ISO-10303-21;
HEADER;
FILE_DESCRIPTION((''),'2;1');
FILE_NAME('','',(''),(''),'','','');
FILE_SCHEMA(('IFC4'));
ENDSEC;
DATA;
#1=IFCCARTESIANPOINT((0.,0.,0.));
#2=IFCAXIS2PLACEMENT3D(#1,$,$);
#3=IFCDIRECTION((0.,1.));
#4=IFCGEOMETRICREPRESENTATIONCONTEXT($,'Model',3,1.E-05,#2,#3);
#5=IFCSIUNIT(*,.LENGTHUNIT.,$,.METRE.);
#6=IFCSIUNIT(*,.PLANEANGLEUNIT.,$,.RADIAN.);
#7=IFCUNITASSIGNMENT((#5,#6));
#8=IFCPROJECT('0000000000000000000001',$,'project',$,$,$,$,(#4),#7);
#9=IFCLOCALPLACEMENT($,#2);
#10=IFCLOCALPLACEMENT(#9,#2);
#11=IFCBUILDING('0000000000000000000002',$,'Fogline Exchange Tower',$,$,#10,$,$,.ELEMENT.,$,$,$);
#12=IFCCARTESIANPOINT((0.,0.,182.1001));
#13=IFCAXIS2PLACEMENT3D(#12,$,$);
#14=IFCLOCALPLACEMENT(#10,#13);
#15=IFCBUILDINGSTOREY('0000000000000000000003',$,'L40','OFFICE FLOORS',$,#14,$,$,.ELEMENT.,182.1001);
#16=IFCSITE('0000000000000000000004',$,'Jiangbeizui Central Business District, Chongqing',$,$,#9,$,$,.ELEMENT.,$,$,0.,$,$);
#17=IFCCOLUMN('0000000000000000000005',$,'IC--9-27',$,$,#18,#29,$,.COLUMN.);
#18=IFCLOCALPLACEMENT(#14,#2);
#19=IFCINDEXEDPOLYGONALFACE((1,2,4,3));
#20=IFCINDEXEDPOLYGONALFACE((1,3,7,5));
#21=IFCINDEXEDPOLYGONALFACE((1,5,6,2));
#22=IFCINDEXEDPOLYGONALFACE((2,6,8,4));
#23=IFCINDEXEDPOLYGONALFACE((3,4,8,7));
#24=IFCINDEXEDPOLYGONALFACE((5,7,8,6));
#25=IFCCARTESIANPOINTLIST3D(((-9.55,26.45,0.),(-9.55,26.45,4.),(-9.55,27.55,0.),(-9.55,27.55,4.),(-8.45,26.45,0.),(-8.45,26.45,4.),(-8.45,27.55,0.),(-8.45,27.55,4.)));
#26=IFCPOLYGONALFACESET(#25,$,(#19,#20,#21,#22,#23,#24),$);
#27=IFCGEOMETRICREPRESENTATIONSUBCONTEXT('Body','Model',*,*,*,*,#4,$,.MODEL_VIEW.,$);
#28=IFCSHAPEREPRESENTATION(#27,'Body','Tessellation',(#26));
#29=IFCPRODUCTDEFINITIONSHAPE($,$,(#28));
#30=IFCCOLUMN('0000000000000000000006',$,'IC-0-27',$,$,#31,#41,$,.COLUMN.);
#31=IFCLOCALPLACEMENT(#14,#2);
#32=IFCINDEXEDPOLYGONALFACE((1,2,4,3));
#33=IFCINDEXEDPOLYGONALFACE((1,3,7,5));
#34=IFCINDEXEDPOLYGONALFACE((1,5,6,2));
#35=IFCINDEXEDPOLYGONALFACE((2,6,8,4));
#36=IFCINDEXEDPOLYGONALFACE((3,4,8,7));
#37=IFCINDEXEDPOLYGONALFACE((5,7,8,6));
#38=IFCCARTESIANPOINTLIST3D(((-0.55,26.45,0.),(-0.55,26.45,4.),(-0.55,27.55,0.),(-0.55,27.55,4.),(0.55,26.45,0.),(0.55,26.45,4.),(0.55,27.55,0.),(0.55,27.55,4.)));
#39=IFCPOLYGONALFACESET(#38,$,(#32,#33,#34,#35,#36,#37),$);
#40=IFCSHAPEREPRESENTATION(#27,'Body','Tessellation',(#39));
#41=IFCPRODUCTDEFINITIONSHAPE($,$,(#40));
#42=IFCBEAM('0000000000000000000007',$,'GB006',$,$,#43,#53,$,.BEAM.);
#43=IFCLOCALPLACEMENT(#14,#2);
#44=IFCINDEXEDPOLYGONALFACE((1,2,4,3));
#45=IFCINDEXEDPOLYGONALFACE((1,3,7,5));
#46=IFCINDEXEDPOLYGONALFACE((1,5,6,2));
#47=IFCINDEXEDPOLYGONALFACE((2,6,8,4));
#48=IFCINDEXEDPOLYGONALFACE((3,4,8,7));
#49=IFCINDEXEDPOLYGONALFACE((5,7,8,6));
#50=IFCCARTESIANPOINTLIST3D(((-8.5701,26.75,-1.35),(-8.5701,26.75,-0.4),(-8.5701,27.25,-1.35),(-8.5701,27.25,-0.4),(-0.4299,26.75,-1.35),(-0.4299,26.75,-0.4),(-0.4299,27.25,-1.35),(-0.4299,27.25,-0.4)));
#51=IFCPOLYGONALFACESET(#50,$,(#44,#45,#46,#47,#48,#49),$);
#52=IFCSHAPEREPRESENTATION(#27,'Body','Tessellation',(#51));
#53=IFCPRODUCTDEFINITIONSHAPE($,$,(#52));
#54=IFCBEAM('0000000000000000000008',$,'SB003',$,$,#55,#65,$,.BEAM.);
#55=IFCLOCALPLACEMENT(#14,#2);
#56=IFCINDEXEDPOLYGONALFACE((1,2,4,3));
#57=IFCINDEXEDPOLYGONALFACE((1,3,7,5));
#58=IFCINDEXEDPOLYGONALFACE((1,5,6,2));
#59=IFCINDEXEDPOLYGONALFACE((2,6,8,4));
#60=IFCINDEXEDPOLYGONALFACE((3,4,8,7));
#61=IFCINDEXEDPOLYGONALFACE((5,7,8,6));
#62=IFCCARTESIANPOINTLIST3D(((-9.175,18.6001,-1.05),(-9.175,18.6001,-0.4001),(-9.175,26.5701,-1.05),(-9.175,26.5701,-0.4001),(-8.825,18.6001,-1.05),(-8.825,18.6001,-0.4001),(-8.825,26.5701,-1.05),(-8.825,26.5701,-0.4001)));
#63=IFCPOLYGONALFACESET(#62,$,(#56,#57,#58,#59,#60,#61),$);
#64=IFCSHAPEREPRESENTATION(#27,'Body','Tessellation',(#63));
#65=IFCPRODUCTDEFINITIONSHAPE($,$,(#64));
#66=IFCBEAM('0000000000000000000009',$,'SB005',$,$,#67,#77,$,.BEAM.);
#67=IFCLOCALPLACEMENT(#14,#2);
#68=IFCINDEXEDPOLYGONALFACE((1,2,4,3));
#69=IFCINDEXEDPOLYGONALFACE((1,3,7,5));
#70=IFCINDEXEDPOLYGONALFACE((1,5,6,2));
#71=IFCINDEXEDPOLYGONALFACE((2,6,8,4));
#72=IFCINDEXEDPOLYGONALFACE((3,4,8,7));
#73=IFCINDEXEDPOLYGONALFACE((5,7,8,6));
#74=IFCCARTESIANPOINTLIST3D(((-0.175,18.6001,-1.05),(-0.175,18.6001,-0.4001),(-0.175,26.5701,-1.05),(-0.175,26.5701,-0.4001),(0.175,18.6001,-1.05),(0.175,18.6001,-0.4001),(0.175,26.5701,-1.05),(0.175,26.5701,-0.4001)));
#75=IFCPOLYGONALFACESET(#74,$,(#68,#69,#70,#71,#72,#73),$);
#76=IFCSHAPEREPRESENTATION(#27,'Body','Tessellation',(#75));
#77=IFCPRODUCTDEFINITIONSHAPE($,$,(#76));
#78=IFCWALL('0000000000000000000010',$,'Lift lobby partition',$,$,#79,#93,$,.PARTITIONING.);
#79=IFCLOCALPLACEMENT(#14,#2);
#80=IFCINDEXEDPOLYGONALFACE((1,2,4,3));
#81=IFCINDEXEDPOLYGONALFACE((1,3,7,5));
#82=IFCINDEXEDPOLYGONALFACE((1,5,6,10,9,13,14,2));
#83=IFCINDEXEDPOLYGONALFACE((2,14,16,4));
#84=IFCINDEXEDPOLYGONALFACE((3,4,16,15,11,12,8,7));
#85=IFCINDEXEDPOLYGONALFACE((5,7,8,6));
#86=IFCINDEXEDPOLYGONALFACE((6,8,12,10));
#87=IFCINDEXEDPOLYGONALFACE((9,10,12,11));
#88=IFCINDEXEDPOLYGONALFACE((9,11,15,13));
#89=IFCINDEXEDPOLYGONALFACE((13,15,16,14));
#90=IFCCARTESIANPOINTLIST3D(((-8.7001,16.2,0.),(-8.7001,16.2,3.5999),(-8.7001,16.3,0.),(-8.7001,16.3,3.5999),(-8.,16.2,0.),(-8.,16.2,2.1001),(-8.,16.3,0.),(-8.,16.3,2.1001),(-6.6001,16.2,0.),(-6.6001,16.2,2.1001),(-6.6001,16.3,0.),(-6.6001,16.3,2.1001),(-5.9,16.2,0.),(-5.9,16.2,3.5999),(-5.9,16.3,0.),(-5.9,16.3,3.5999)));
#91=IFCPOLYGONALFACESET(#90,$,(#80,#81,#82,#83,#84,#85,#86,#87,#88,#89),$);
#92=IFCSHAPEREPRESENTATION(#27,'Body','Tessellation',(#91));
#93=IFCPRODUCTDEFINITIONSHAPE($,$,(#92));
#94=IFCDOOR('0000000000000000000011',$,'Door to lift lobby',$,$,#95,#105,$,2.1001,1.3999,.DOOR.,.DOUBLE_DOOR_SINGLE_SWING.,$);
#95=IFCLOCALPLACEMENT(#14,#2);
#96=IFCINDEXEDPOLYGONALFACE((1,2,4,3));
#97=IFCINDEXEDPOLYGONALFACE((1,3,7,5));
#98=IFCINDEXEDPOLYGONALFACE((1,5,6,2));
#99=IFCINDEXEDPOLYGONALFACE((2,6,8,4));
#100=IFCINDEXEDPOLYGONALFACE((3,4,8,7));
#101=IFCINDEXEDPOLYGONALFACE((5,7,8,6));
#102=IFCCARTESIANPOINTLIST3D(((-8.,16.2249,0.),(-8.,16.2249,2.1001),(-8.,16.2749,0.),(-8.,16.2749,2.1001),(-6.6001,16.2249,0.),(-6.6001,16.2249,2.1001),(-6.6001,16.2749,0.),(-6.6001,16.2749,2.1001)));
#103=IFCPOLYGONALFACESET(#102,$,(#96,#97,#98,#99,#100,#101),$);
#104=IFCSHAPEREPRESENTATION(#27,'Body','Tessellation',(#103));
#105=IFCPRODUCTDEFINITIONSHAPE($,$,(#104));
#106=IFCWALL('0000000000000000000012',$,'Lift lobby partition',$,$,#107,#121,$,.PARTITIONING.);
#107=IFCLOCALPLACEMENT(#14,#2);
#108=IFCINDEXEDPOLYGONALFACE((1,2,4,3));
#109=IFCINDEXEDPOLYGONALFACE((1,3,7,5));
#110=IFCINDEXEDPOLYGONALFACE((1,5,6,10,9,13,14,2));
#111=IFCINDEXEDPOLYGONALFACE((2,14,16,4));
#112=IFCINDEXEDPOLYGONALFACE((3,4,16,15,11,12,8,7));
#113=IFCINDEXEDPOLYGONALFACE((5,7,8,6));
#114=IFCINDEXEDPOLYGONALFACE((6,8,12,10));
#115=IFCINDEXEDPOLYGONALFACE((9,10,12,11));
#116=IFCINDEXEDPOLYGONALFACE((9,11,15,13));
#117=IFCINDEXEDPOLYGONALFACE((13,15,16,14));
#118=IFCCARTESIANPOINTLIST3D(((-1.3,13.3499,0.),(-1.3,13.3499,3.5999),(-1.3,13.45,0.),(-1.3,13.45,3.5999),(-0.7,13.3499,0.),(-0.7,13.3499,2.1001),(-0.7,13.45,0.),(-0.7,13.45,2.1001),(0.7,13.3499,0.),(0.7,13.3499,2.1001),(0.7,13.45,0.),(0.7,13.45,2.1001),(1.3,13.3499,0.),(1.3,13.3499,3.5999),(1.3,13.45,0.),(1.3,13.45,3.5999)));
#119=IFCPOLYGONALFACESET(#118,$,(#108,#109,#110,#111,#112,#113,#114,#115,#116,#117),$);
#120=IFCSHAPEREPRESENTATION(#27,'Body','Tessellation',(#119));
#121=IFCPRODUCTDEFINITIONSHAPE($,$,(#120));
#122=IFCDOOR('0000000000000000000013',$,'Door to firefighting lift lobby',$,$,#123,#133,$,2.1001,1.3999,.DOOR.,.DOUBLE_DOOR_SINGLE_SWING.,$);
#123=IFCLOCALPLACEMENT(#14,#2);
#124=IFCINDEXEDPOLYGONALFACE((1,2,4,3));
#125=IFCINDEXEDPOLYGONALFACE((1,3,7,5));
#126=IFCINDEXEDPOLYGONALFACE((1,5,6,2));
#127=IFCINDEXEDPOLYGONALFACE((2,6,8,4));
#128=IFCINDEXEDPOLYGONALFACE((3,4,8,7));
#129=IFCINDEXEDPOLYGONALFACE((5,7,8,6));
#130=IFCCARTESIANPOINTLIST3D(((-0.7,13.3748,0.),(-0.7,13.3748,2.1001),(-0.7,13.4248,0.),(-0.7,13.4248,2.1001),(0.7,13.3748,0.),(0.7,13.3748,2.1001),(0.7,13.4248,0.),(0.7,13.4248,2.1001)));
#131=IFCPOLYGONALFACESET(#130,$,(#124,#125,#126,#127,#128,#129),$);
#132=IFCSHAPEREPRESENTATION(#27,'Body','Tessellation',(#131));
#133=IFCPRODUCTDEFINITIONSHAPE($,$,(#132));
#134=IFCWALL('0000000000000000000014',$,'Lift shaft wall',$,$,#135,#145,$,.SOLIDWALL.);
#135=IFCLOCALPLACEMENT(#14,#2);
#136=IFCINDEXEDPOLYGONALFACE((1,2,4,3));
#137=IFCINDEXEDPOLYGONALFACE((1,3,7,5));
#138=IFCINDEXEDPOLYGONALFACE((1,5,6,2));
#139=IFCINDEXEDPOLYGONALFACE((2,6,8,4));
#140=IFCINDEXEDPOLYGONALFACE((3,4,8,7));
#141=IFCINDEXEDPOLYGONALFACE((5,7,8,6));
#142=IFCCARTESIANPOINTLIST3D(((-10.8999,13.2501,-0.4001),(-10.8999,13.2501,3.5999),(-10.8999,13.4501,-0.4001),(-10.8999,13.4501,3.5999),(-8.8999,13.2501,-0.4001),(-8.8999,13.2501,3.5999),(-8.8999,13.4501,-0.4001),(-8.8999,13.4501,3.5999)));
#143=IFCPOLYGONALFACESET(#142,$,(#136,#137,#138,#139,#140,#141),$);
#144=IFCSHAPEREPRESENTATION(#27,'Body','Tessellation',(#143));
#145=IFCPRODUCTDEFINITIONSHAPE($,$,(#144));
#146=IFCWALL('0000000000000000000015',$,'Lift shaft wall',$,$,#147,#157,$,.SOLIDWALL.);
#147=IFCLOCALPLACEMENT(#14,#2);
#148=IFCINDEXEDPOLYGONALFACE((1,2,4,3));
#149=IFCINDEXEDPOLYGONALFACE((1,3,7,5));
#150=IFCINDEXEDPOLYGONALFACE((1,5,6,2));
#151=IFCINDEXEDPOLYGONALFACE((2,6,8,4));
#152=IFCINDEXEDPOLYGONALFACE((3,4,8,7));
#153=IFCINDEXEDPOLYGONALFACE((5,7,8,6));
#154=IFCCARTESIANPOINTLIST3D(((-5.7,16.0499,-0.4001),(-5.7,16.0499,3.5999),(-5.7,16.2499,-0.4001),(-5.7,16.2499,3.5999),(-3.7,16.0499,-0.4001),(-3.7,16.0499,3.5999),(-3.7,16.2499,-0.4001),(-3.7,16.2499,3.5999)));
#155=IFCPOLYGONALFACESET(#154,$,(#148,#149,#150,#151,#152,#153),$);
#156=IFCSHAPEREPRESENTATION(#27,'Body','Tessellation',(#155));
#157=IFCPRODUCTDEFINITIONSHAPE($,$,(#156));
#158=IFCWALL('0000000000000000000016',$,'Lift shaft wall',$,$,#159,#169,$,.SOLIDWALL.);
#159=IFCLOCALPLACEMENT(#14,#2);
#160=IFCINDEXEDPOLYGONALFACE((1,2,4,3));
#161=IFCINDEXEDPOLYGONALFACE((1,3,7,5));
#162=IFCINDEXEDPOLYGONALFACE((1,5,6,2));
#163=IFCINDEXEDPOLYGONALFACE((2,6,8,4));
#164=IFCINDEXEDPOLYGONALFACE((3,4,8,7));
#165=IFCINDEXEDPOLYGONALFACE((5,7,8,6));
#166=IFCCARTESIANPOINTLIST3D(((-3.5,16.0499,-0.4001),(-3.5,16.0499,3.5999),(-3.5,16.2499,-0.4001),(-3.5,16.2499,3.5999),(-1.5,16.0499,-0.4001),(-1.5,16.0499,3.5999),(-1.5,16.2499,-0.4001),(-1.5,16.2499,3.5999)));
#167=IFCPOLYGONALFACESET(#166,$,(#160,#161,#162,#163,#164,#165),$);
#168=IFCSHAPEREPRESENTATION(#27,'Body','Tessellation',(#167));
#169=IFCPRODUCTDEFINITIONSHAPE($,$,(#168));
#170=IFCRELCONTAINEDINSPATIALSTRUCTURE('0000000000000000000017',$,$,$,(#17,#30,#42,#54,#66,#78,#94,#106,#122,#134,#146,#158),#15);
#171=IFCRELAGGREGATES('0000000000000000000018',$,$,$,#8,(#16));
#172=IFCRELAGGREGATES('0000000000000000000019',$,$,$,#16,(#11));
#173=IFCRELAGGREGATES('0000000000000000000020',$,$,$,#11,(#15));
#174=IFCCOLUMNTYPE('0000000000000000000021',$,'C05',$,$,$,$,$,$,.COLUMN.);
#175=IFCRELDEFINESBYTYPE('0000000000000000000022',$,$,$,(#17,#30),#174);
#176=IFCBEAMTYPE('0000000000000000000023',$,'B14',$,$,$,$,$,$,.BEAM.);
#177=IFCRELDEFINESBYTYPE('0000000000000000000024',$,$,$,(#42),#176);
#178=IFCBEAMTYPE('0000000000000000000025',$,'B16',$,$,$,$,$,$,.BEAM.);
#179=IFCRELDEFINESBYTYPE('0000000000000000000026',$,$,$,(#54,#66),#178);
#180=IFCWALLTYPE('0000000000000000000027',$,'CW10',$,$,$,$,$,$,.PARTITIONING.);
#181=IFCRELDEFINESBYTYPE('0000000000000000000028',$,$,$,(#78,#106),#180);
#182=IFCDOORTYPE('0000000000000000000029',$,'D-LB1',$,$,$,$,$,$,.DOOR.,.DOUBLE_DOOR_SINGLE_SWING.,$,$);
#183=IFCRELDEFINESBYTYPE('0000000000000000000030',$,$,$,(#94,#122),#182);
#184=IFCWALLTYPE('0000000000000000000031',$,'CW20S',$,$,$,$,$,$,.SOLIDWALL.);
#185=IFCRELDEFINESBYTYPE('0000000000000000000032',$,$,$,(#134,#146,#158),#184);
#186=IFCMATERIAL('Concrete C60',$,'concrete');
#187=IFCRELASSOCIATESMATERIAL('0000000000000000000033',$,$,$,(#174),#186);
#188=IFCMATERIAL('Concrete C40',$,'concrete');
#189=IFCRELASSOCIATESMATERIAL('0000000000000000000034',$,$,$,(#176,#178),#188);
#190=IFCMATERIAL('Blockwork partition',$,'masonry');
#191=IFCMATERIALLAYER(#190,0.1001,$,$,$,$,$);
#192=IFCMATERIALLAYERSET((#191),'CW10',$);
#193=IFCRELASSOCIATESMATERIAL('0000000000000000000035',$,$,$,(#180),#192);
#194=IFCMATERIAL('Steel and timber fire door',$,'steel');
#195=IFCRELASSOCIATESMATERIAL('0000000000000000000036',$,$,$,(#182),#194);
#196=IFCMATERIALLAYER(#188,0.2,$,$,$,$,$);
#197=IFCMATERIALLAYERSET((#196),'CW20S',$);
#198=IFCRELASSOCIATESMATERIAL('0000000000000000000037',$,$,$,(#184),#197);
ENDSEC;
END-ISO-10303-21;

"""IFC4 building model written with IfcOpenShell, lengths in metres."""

from ifc_helpers import new_model, si_unit, direction, frame, frame_2d, origin, origin_2d, place, context, subcontext, project, spatial, rectangle, extrude, material, layer, layer_set, material_profile, profile_set, type_object, element, fill, save


model = new_model("IFC4")

# Units and contexts
model_context = context("Model", 3, precision=1e-05, world=origin(), true_north=direction((0.0, 1.0)))
body_context = subcontext(model_context, "Body", "Model", "MODEL_VIEW")
ifc_project = project(units=[si_unit("LENGTHUNIT", "METRE"), si_unit("PLANEANGLEUNIT", "RADIAN")], contexts=[model_context])

# Site, building, storey
site_placement = place(None, origin())
site = spatial("IfcSite", under=ifc_project, at=site_placement, Name="Jiangbeizui Central Business District, Chongqing", CompositionType="ELEMENT", RefElevation=0.0)
building_placement = place(site_placement, origin())
building = spatial("IfcBuilding", under=site, at=building_placement, Name="Fogline Exchange Tower", CompositionType="ELEMENT")
storey_placement = place(building_placement, frame((0.0, 0.0, 182.1001)))
storey = spatial("IfcBuildingStorey", under=building, at=storey_placement, Name="L40", Description="OFFICE FLOORS", CompositionType="ELEMENT", Elevation=182.1001)

# Columns
ifc_material_1 = material(Name="Concrete C60", Category="concrete")
ifc_material_profile_1 = material_profile(ifc_material_1, rectangle(XDim=1.1001, YDim=1.1001, at=origin_2d()), Name="RC 1100x1100")
ifc_profile_set_1 = profile_set([ifc_material_profile_1], Name="Concrete C60")
column_type = type_object("IfcColumnType", Name="C05", PredefinedType="COLUMN", material=ifc_profile_set_1)
for number, where, z_axis, x_axis, name in (
    (1, (-9.0, 27.0, 0.0), (0.0, 0.0, 1.0), (1.0, 0.0, 0.0), "IC--9-27"),
    (2, (0.0, 27.0, 0.0), (0.0, 0.0, 1.0), (1.0, 0.0, 0.0), "IC-0-27"),
):
    element("IfcColumn", number, at=place(storey_placement, frame(where, z_axis=z_axis, x_axis=x_axis)), inside=storey, type_object=column_type, Name=name, PredefinedType="COLUMN", context=body_context, shape_type="SweptSolid", body=[
        extrude(rectangle(XDim=1.1001, YDim=1.1001, at=origin_2d()), origin(), (0.0, 0.0, 1.0), 4.0),
    ])

# Beams
ifc_material_2 = material(Name="Concrete C40", Category="concrete")
ifc_material_profile_2 = material_profile(ifc_material_2, rectangle(XDim=0.5, YDim=0.95, at=origin_2d()), Name="RC 500x950")
ifc_profile_set_2 = profile_set([ifc_material_profile_2], Name="Concrete C40")
beam_type_1 = type_object("IfcBeamType", Name="B14", PredefinedType="BEAM", material=ifc_profile_set_2)
beam_placement = place(storey_placement, frame((-8.5701, 27.0, -0.875), z_axis=(1.0, 0.0, 0.0), x_axis=(0.0, 1.0, 0.0)))
element("IfcBeam", 3, at=beam_placement, inside=storey, type_object=beam_type_1, Name="GB006", PredefinedType="BEAM", context=body_context, shape_type="SweptSolid", body=[
    extrude(rectangle(XDim=0.5, YDim=0.95, at=origin_2d()), origin(), (0.0, 0.0, 1.0), 8.1401),
])
ifc_material_profile_3 = material_profile(ifc_material_2, rectangle(XDim=0.3501, YDim=0.6499, at=origin_2d()), Name="RC 350x650")
ifc_profile_set_3 = profile_set([ifc_material_profile_3], Name="Concrete C40")
beam_type_2 = type_object("IfcBeamType", Name="B16", PredefinedType="BEAM", material=ifc_profile_set_3)
for number, where, z_axis, x_axis, name in (
    (4, (-9.0, 18.6001, -0.7251), (0.0, 1.0, 0.0), (-1.0, 0.0, 0.0), "SB003"),
    (5, (0.0, 18.6001, -0.7251), (0.0, 1.0, 0.0), (-1.0, 0.0, 0.0), "SB005"),
):
    element("IfcBeam", number, at=place(storey_placement, frame(where, z_axis=z_axis, x_axis=x_axis)), inside=storey, type_object=beam_type_2, Name=name, PredefinedType="BEAM", context=body_context, shape_type="SweptSolid", body=[
        extrude(rectangle(XDim=0.3501, YDim=0.6499, at=origin_2d()), origin(), (0.0, 0.0, 1.0), 7.97),
    ])

# Walls, openings, doors
ifc_material_3 = material(Name="Blockwork partition", Category="masonry")
ifc_layer_1 = layer(ifc_material_3, 0.1001)
ifc_layer_set_1 = layer_set([ifc_layer_1], Name="CW10")
wall_type_1 = type_object("IfcWallType", Name="CW10", PredefinedType="PARTITIONING", material=ifc_layer_set_1)
wall_1_placement = place(storey_placement, frame((-8.7, 16.25, 0.0), z_axis=(0.0, 0.0, 1.0), x_axis=(1.0, 0.0, 0.0)))
wall_1 = element("IfcWall", 6, at=wall_1_placement, inside=storey, type_object=wall_type_1, Name="Lift lobby partition", PredefinedType="PARTITIONING", context=body_context, shape_type="SweptSolid", body=[
    extrude(rectangle(XDim=2.8, YDim=0.1001, at=frame_2d((1.3999, 0.0))), origin(), (0.0, 0.0, 1.0), 3.5999),
])
opening_1_placement = place(wall_1_placement, frame((0.7, 0.0, 0.0)))
opening_1 = element("IfcOpeningElement", 7, at=opening_1_placement, cuts=wall_1, PredefinedType="OPENING", context=body_context, shape_type="SweptSolid", body=[
    extrude(rectangle(XDim=1.3999, YDim=2.1001, at=frame_2d((0.7, 1.05))), frame((0.0, 0.0601, 0.0), z_axis=(0.0, -1.0, 0.0), x_axis=(1.0, 0.0, 0.0)), (0.0, 0.0, 1.0), 0.1201),
])
ifc_material_4 = material(Name="Steel and timber fire door", Category="steel")
door_type_1 = type_object("IfcDoorType", Name="D-LB1", OperationType="DOUBLE_DOOR_SINGLE_SWING", PredefinedType="DOOR", material=ifc_material_4)
door_1_placement = place(opening_1_placement, origin())
door_1 = element("IfcDoor", 8, at=door_1_placement, inside=storey, type_object=door_type_1, Name="Door to lift lobby", OperationType="DOUBLE_DOOR_SINGLE_SWING", OverallHeight=2.1001, OverallWidth=1.3999, PredefinedType="DOOR", context=body_context, shape_type="SweptSolid", body=[
    extrude(rectangle(XDim=1.3999, YDim=2.1001, at=frame_2d((0.7, 1.05))), frame((0.0, 0.0249, 0.0), z_axis=(0.0, -1.0, 0.0), x_axis=(1.0, 0.0, 0.0)), (0.0, 0.0, 1.0), 0.05),
])
fill(opening_1, door_1)
wall_2_placement = place(storey_placement, frame((-1.3, 13.3999, 0.0), z_axis=(0.0, 0.0, 1.0), x_axis=(1.0, 0.0, 0.0)))
wall_2 = element("IfcWall", 9, at=wall_2_placement, inside=storey, type_object=wall_type_1, Name="Lift lobby partition", PredefinedType="PARTITIONING", context=body_context, shape_type="SweptSolid", body=[
    extrude(rectangle(XDim=2.6001, YDim=0.1001, at=frame_2d((1.3, 0.0))), origin(), (0.0, 0.0, 1.0), 3.5999),
])
opening_2_placement = place(wall_2_placement, frame((0.6001, 0.0, 0.0)))
opening_2 = element("IfcOpeningElement", 10, at=opening_2_placement, cuts=wall_2, PredefinedType="OPENING", context=body_context, shape_type="SweptSolid", body=[
    extrude(rectangle(XDim=1.3999, YDim=2.1001, at=frame_2d((0.7, 1.05))), frame((0.0, 0.0601, 0.0), z_axis=(0.0, -1.0, 0.0), x_axis=(1.0, 0.0, 0.0)), (0.0, 0.0, 1.0), 0.1201),
])
door_2_placement = place(opening_2_placement, origin())
door_2 = element("IfcDoor", 11, at=door_2_placement, inside=storey, type_object=door_type_1, Name="Door to firefighting lift lobby", OperationType="DOUBLE_DOOR_SINGLE_SWING", OverallHeight=2.1001, OverallWidth=1.3999, PredefinedType="DOOR", context=body_context, shape_type="SweptSolid", body=[
    extrude(rectangle(XDim=1.3999, YDim=2.1001, at=frame_2d((0.7, 1.05))), frame((0.0, 0.0249, 0.0), z_axis=(0.0, -1.0, 0.0), x_axis=(1.0, 0.0, 0.0)), (0.0, 0.0, 1.0), 0.05),
])
fill(opening_2, door_2)

# Walls
ifc_layer_2 = layer(ifc_material_2, 0.2)
ifc_layer_set_2 = layer_set([ifc_layer_2], Name="CW20S")
wall_type_2 = type_object("IfcWallType", Name="CW20S", PredefinedType="SOLIDWALL", material=ifc_layer_set_2)
for number, where, z_axis, x_axis, name in (
    (12, (-10.8999, 13.3501, -0.4001), (0.0, 0.0, 1.0), (1.0, 0.0, 0.0), "Lift shaft wall"),
    (13, (-5.7, 16.1499, -0.4001), (0.0, 0.0, 1.0), (1.0, 0.0, 0.0), "Lift shaft wall"),
    (14, (-3.5, 16.1499, -0.4001), (0.0, 0.0, 1.0), (1.0, 0.0, 0.0), "Lift shaft wall"),
):
    element("IfcWall", number, at=place(storey_placement, frame(where, z_axis=z_axis, x_axis=x_axis)), inside=storey, type_object=wall_type_2, Name=name, PredefinedType="SOLIDWALL", context=body_context, shape_type="SweptSolid", body=[
        extrude(rectangle(XDim=2.0, YDim=0.2, at=frame_2d((1.0, 0.0))), origin(), (0.0, 0.0, 1.0), 4.0),
    ])

save(model, "model.ifc")
